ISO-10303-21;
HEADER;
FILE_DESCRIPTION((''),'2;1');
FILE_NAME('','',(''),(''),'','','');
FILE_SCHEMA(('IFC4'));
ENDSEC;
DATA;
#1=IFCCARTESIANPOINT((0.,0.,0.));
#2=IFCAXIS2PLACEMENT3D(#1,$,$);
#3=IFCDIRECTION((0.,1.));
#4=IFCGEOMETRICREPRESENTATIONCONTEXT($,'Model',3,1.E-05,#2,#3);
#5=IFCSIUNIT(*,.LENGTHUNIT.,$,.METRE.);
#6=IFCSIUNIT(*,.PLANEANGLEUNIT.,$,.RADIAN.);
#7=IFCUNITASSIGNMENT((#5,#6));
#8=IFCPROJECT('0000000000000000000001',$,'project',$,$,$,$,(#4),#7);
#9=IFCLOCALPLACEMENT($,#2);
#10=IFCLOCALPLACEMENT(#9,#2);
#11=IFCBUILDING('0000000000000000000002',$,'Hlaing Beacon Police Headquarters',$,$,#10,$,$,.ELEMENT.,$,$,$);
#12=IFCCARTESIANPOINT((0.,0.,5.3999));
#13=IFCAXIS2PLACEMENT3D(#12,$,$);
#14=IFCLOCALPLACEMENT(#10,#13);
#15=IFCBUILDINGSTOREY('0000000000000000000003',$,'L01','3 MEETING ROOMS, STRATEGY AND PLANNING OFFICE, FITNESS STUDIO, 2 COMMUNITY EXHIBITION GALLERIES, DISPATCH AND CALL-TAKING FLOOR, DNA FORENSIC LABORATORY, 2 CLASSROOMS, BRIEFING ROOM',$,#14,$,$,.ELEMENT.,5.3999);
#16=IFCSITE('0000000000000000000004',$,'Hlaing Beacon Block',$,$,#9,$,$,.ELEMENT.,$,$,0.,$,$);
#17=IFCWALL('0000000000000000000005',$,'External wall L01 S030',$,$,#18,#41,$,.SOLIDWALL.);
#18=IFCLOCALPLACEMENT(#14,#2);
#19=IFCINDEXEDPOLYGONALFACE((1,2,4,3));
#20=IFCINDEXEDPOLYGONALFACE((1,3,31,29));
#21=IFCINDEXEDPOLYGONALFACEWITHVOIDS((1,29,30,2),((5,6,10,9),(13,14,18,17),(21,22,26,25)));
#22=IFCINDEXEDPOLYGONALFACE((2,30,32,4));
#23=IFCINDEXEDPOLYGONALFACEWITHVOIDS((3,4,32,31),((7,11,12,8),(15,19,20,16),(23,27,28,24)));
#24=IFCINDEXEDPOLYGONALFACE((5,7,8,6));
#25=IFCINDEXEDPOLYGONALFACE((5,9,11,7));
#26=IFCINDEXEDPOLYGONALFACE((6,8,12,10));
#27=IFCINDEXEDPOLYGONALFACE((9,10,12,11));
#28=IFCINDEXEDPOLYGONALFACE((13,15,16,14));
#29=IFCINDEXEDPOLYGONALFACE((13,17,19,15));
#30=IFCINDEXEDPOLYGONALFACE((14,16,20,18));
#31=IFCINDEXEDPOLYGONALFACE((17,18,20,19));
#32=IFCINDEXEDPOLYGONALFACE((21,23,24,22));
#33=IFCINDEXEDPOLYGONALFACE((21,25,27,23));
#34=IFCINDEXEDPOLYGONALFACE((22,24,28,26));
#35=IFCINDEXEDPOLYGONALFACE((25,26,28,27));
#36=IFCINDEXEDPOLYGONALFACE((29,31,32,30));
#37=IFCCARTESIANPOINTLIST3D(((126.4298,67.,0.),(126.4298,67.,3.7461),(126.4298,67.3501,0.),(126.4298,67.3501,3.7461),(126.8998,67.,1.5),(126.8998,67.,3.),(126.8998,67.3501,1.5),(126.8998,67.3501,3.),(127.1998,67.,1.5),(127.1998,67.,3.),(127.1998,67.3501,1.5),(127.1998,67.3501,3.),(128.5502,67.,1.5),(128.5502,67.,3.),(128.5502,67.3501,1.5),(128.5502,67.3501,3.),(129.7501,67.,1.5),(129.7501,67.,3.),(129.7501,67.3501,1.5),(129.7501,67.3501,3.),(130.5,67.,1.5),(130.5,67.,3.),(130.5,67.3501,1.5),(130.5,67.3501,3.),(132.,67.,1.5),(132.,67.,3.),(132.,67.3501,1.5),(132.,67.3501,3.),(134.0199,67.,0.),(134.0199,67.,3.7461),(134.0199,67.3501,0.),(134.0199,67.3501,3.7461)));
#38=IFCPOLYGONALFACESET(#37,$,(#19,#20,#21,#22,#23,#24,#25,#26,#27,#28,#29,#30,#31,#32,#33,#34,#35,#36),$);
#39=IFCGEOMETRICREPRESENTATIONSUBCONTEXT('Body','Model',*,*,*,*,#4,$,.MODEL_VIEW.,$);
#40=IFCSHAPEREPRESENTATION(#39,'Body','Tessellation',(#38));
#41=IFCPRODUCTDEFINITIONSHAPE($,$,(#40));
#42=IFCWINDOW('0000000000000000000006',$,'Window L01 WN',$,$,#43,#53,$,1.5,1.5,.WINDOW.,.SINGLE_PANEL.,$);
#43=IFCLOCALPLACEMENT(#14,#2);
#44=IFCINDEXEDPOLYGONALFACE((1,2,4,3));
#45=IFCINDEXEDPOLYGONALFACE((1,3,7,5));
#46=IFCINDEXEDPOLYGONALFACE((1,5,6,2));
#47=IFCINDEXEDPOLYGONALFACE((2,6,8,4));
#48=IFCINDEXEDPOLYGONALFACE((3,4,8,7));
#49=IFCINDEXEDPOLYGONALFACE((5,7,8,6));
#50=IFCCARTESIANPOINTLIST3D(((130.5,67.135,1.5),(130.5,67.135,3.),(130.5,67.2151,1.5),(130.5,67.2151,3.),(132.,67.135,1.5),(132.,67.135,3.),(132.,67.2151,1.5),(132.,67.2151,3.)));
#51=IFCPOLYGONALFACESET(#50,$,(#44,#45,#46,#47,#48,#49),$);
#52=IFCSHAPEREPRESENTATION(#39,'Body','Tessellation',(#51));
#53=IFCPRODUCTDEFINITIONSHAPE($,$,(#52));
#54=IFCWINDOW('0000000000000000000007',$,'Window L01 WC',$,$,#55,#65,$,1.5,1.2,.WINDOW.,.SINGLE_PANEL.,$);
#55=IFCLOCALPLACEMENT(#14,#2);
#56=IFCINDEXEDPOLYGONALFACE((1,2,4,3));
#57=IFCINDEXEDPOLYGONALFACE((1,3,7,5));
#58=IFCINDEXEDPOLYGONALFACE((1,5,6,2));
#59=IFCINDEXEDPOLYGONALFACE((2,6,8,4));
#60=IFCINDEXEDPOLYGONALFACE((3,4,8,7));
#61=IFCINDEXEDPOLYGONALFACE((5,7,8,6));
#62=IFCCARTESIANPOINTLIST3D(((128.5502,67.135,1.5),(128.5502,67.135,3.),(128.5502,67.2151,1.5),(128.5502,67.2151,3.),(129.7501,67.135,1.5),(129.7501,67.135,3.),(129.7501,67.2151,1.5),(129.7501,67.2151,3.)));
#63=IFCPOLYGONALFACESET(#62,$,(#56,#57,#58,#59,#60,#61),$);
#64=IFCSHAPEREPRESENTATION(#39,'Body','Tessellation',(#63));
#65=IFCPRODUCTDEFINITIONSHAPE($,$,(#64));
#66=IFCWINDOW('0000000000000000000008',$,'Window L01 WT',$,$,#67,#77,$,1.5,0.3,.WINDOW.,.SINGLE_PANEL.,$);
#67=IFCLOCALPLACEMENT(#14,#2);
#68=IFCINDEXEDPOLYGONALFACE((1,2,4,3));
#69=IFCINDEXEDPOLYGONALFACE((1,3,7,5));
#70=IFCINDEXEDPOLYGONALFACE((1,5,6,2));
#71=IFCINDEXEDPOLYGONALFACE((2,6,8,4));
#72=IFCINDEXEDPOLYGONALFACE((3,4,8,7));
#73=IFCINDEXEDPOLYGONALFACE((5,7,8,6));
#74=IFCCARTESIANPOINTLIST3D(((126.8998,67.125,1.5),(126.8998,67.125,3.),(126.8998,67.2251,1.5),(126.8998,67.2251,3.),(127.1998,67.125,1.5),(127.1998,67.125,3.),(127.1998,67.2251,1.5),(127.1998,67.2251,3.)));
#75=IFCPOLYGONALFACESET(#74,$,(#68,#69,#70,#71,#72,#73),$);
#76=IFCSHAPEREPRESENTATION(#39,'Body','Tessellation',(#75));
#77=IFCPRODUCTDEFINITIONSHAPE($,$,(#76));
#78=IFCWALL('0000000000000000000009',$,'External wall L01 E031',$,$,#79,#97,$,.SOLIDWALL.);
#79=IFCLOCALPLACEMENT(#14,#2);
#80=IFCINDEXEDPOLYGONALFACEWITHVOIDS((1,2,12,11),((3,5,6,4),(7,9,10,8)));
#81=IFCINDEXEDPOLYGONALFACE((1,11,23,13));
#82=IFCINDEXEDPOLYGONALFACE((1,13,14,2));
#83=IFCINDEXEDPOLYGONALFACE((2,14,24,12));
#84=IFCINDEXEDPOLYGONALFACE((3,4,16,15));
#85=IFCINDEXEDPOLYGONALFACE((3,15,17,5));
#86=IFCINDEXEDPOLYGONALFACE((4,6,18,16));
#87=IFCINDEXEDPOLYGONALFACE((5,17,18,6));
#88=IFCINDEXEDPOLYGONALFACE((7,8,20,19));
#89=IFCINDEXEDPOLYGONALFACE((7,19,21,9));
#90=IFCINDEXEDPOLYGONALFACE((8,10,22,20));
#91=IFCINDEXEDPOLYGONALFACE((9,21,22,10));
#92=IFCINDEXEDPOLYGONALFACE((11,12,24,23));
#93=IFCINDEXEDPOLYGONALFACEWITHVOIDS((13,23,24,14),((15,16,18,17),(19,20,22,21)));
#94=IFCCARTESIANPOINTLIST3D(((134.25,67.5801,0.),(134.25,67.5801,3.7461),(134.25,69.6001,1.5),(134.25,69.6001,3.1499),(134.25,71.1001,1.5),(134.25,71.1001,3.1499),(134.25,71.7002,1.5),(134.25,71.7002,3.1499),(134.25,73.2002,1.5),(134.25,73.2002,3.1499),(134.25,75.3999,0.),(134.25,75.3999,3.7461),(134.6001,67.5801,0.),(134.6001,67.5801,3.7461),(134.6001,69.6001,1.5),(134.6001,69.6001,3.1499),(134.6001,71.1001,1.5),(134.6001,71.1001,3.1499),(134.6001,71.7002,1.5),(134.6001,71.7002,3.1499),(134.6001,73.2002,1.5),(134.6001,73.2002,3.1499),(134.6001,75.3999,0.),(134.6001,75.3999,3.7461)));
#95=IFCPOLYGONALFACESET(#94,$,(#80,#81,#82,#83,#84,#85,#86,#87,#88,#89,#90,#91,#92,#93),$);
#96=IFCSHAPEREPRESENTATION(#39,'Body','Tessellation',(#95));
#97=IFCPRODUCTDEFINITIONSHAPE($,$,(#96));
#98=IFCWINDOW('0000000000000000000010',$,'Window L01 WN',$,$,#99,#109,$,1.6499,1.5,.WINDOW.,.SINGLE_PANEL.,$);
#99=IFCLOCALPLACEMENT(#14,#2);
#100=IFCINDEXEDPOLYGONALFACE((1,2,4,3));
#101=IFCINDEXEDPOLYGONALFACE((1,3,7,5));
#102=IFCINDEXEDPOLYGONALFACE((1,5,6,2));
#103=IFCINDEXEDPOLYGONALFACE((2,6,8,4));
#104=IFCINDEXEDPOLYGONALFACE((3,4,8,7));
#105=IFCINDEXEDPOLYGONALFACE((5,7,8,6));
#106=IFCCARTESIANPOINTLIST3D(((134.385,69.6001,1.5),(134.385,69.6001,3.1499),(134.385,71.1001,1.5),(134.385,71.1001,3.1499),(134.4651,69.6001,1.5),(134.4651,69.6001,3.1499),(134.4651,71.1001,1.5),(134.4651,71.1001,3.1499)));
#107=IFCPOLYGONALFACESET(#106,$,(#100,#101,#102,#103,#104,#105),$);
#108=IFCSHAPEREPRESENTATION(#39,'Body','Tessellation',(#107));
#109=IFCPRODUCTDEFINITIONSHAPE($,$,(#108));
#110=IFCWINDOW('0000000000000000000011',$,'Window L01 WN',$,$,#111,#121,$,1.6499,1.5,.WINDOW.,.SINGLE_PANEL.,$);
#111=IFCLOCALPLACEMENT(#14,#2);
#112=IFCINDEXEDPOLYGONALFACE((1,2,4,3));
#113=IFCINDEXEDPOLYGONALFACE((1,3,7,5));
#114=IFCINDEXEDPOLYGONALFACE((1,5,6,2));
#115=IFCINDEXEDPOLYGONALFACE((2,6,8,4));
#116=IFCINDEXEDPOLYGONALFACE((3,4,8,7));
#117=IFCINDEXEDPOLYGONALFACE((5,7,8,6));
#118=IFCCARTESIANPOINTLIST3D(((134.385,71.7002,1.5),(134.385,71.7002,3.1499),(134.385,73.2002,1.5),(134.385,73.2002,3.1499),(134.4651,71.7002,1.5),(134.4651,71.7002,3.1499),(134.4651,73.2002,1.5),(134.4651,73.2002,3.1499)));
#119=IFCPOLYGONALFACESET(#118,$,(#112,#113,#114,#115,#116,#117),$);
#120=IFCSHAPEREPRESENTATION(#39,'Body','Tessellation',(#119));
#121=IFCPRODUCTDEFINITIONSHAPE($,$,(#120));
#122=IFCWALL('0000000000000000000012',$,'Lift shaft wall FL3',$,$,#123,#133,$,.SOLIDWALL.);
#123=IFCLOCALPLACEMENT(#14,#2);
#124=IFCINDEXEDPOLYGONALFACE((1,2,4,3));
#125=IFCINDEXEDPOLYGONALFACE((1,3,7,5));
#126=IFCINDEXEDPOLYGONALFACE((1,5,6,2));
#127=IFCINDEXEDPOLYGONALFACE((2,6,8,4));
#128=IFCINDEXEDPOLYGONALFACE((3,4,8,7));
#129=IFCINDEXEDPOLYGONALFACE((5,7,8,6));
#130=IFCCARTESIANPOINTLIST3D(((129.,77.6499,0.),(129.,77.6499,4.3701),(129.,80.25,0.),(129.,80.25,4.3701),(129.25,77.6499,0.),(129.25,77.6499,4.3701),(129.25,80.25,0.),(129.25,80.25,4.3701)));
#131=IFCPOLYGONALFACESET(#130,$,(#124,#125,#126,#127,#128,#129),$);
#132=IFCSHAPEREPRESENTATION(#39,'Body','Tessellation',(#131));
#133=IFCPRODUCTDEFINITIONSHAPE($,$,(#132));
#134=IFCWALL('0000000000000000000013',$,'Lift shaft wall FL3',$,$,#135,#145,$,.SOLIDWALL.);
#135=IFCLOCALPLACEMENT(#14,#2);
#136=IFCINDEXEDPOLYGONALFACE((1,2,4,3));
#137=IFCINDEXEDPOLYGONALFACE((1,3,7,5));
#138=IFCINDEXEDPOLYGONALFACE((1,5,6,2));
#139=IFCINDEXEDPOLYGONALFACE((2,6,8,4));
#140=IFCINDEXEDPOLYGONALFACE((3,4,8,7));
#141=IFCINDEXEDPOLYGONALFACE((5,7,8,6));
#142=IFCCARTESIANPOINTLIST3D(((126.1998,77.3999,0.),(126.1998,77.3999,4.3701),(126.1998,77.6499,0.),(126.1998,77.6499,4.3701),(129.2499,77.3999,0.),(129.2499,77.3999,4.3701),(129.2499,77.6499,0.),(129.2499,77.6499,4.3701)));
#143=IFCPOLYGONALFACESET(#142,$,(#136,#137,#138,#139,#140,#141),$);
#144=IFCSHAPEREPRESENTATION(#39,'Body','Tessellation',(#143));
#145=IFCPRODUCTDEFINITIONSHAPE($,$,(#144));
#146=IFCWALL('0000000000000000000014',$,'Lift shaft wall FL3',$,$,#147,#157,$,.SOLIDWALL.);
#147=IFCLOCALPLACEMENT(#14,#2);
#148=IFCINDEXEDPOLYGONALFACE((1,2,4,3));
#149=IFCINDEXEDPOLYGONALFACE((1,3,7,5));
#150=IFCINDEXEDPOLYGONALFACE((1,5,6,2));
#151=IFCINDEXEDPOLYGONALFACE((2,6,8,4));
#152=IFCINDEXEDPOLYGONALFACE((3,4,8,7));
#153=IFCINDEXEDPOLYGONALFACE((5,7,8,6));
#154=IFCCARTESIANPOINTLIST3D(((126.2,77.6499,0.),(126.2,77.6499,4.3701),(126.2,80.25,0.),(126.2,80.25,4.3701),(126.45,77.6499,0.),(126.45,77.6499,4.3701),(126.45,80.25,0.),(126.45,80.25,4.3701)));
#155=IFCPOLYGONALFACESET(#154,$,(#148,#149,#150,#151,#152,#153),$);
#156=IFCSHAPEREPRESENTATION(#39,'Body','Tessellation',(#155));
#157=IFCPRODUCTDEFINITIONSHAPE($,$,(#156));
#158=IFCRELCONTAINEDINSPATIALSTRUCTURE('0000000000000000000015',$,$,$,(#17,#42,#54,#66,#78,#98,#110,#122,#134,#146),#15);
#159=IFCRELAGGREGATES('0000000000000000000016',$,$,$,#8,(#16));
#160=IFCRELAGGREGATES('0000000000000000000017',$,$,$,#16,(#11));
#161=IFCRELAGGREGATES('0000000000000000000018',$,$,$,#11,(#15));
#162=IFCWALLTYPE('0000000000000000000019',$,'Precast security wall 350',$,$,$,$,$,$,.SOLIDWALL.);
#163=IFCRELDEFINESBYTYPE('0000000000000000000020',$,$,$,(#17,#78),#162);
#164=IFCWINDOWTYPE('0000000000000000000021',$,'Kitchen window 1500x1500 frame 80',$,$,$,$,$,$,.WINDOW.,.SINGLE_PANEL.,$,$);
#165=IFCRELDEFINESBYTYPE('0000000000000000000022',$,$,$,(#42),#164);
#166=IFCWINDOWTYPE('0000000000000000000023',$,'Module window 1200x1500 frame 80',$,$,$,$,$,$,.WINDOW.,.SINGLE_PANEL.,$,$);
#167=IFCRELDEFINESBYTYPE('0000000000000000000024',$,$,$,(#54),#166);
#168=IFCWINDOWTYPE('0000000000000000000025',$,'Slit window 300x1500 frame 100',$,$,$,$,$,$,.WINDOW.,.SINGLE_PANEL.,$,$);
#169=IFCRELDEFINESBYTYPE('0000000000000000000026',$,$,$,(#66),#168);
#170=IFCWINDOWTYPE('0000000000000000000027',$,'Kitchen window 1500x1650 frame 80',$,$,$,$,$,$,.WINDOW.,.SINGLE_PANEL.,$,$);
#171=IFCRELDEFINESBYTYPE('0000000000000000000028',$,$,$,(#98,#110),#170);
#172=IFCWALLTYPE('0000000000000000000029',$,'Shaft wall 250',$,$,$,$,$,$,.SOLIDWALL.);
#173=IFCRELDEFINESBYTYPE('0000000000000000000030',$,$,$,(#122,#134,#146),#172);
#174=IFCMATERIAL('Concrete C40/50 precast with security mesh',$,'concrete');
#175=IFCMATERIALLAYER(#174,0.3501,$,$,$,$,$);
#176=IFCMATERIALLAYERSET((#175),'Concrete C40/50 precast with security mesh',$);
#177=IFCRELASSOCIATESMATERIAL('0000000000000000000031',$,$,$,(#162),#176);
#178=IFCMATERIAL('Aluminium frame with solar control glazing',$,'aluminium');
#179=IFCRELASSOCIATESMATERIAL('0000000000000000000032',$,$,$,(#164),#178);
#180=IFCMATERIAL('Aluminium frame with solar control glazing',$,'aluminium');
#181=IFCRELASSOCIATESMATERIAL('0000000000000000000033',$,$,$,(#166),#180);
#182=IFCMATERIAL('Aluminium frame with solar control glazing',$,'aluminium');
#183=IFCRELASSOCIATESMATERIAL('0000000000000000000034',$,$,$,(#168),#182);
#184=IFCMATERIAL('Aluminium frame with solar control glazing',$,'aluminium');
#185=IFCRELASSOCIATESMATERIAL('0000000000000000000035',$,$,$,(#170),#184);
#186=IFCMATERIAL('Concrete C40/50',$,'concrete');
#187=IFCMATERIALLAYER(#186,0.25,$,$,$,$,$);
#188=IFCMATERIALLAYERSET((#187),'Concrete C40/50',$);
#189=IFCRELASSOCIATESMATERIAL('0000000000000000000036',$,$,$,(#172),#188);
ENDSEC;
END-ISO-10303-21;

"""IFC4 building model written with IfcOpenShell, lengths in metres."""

from ifc_helpers import new_model, si_unit, direction, frame, frame_2d, origin, place, context, subcontext, project, spatial, rectangle, extrude, material, layer, layer_set, type_object, element, fill, save


model = new_model("IFC4")

# Units and contexts
model_context = context("Model", 3, precision=1e-05, world=origin(), true_north=direction((0.0, 1.0)))
body_context = subcontext(model_context, "Body", "Model", "MODEL_VIEW")
ifc_project = project(units=[si_unit("LENGTHUNIT", "METRE"), si_unit("PLANEANGLEUNIT", "RADIAN")], contexts=[model_context])

# Site, building, storey
site_placement = place(None, origin())
site = spatial("IfcSite", under=ifc_project, at=site_placement, Name="Hlaing Beacon Block", CompositionType="ELEMENT", RefElevation=0.0)
building_placement = place(site_placement, origin())
building = spatial("IfcBuilding", under=site, at=building_placement, Name="Hlaing Beacon Police Headquarters", CompositionType="ELEMENT")
storey_placement = place(building_placement, frame((0.0, 0.0, 5.3999)))
storey = spatial("IfcBuildingStorey", under=building, at=storey_placement, Name="L01", Description="3 MEETING ROOMS, STRATEGY AND PLANNING OFFICE, FITNESS STUDIO, 2 COMMUNITY EXHIBITION GALLERIES, DISPATCH AND CALL-TAKING FLOOR, DNA FORENSIC LABORATORY, 2 CLASSROOMS, BRIEFING ROOM", CompositionType="ELEMENT", Elevation=5.3999)

# Walls, openings, windows
ifc_material_1 = material(Name="Concrete C40/50 precast with security mesh", Category="concrete")
ifc_layer_1 = layer(ifc_material_1, 0.3501)
ifc_layer_set_1 = layer_set([ifc_layer_1], Name="Concrete C40/50 precast with security mesh")
wall_type_1 = type_object("IfcWallType", Name="Precast security wall 350", PredefinedType="SOLIDWALL", material=ifc_layer_set_1)
wall_1_placement = place(storey_placement, frame((126.4299, 67.175, 0.0), z_axis=(0.0, 0.0, 1.0), x_axis=(1.0, 0.0, 0.0)))
wall_1 = element("IfcWall", 1, at=wall_1_placement, inside=storey, type_object=wall_type_1, Name="External wall L01 S030", PredefinedType="SOLIDWALL", context=body_context, shape_type="SweptSolid", body=[
    extrude(rectangle(XDim=7.5901, YDim=0.3501, at=frame_2d((3.7949, 0.0))), origin(), (0.0, 0.0, 1.0), 3.7461),
])
opening_1_placement = place(wall_1_placement, frame((0.47, 0.0, 1.5)))
opening_1 = element("IfcOpeningElement", 2, at=opening_1_placement, cuts=wall_1, PredefinedType="OPENING", context=body_context, shape_type="SweptSolid", body=[
    extrude(rectangle(XDim=0.3, YDim=1.5, at=frame_2d((0.1499, 0.75))), frame((0.0, 0.1851, 0.0), z_axis=(0.0, -1.0, 0.0), x_axis=(1.0, 0.0, 0.0)), (0.0, 0.0, 1.0), 0.3701),
])
opening_2_placement = place(wall_1_placement, frame((2.1201, 0.0, 1.5)))
opening_2 = element("IfcOpeningElement", 3, at=opening_2_placement, cuts=wall_1, PredefinedType="OPENING", context=body_context, shape_type="SweptSolid", body=[
    extrude(rectangle(XDim=1.2, YDim=1.5, at=frame_2d((0.6001, 0.75))), frame((0.0, 0.1851, 0.0), z_axis=(0.0, -1.0, 0.0), x_axis=(1.0, 0.0, 0.0)), (0.0, 0.0, 1.0), 0.3701),
])
opening_3_placement = place(wall_1_placement, frame((4.0701, 0.0, 1.5)))
opening_3 = element("IfcOpeningElement", 4, at=opening_3_placement, cuts=wall_1, PredefinedType="OPENING", context=body_context, shape_type="SweptSolid", body=[
    extrude(rectangle(XDim=1.5, YDim=1.5, at=frame_2d((0.75, 0.75))), frame((0.0, 0.1851, 0.0), z_axis=(0.0, -1.0, 0.0), x_axis=(1.0, 0.0, 0.0)), (0.0, 0.0, 1.0), 0.3701),
])
ifc_material_2 = material(Name="Aluminium frame with solar control glazing", Category="aluminium")
window_type_1 = type_object("IfcWindowType", Name="Kitchen window 1500x1500 frame 80", PartitioningType="SINGLE_PANEL", PredefinedType="WINDOW", material=ifc_material_2)
window_1_placement = place(opening_3_placement, origin())
window_1 = element("IfcWindow", 5, at=window_1_placement, inside=storey, type_object=window_type_1, Name="Window L01 WN", OverallHeight=1.5, OverallWidth=1.5, PartitioningType="SINGLE_PANEL", PredefinedType="WINDOW", context=body_context, shape_type="SweptSolid", body=[
    extrude(rectangle(XDim=1.5, YDim=1.5, at=frame_2d((0.75, 0.75))), frame((0.0, 0.04, 0.0), z_axis=(0.0, -1.0, 0.0), x_axis=(1.0, 0.0, 0.0)), (0.0, 0.0, 1.0), 0.0801),
])
fill(opening_3, window_1)
ifc_material_3 = material(Name="Aluminium frame with solar control glazing", Category="aluminium")
window_type_2 = type_object("IfcWindowType", Name="Module window 1200x1500 frame 80", PartitioningType="SINGLE_PANEL", PredefinedType="WINDOW", material=ifc_material_3)
window_2_placement = place(opening_2_placement, origin())
window_2 = element("IfcWindow", 6, at=window_2_placement, inside=storey, type_object=window_type_2, Name="Window L01 WC", OverallHeight=1.5, OverallWidth=1.2, PartitioningType="SINGLE_PANEL", PredefinedType="WINDOW", context=body_context, shape_type="SweptSolid", body=[
    extrude(rectangle(XDim=1.2, YDim=1.5, at=frame_2d((0.6001, 0.75))), frame((0.0, 0.04, 0.0), z_axis=(0.0, -1.0, 0.0), x_axis=(1.0, 0.0, 0.0)), (0.0, 0.0, 1.0), 0.0801),
])
fill(opening_2, window_2)
ifc_material_4 = material(Name="Aluminium frame with solar control glazing", Category="aluminium")
window_type_3 = type_object("IfcWindowType", Name="Slit window 300x1500 frame 100", PartitioningType="SINGLE_PANEL", PredefinedType="WINDOW", material=ifc_material_4)
window_3_placement = place(opening_1_placement, origin())
window_3 = element("IfcWindow", 7, at=window_3_placement, inside=storey, type_object=window_type_3, Name="Window L01 WT", OverallHeight=1.5, OverallWidth=0.3, PartitioningType="SINGLE_PANEL", PredefinedType="WINDOW", context=body_context, shape_type="SweptSolid", body=[
    extrude(rectangle(XDim=0.3, YDim=1.5, at=frame_2d((0.1499, 0.75))), frame((0.0, 0.05, 0.0), z_axis=(0.0, -1.0, 0.0), x_axis=(1.0, 0.0, 0.0)), (0.0, 0.0, 1.0), 0.1001),
])
fill(opening_1, window_3)
wall_2_placement = place(storey_placement, frame((134.425, 67.5801, 0.0), z_axis=(0.0, 0.0, 1.0), x_axis=(0.0, 1.0, 0.0)))
wall_2 = element("IfcWall", 8, at=wall_2_placement, inside=storey, type_object=wall_type_1, Name="External wall L01 E031", PredefinedType="SOLIDWALL", context=body_context, shape_type="SweptSolid", body=[
    extrude(rectangle(XDim=7.8198, YDim=0.3501, at=frame_2d((3.9099, 0.0))), origin(), (0.0, 0.0, 1.0), 3.7461),
])
opening_4_placement = place(wall_2_placement, frame((2.02, 0.0, 1.5)))
opening_4 = element("IfcOpeningElement", 9, at=opening_4_placement, cuts=wall_2, PredefinedType="OPENING", context=body_context, shape_type="SweptSolid", body=[
    extrude(rectangle(XDim=1.5, YDim=1.6499, at=frame_2d((0.75, 0.825))), frame((0.0, 0.1851, 0.0), z_axis=(0.0, -1.0, 0.0), x_axis=(1.0, 0.0, 0.0)), (0.0, 0.0, 1.0), 0.3701),
])
opening_5_placement = place(wall_2_placement, frame((4.1201, 0.0, 1.5)))
opening_5 = element("IfcOpeningElement", 10, at=opening_5_placement, cuts=wall_2, PredefinedType="OPENING", context=body_context, shape_type="SweptSolid", body=[
    extrude(rectangle(XDim=1.5, YDim=1.6499, at=frame_2d((0.75, 0.825))), frame((0.0, 0.1851, 0.0), z_axis=(0.0, -1.0, 0.0), x_axis=(1.0, 0.0, 0.0)), (0.0, 0.0, 1.0), 0.3701),
])
ifc_material_5 = material(Name="Aluminium frame with solar control glazing", Category="aluminium")
window_type_4 = type_object("IfcWindowType", Name="Kitchen window 1500x1650 frame 80", PartitioningType="SINGLE_PANEL", PredefinedType="WINDOW", material=ifc_material_5)
window_4_placement = place(opening_4_placement, origin())
window_4 = element("IfcWindow", 11, at=window_4_placement, inside=storey, type_object=window_type_4, Name="Window L01 WN", OverallHeight=1.6499, OverallWidth=1.5, PartitioningType="SINGLE_PANEL", PredefinedType="WINDOW", context=body_context, shape_type="SweptSolid", body=[
    extrude(rectangle(XDim=1.5, YDim=1.6499, at=frame_2d((0.75, 0.825))), frame((0.0, 0.04, 0.0), z_axis=(0.0, -1.0, 0.0), x_axis=(1.0, 0.0, 0.0)), (0.0, 0.0, 1.0), 0.0801),
])
fill(opening_4, window_4)
window_5_placement = place(opening_5_placement, origin())
window_5 = element("IfcWindow", 12, at=window_5_placement, inside=storey, type_object=window_type_4, Name="Window L01 WN", OverallHeight=1.6499, OverallWidth=1.5, PartitioningType="SINGLE_PANEL", PredefinedType="WINDOW", context=body_context, shape_type="SweptSolid", body=[
    extrude(rectangle(XDim=1.5, YDim=1.6499, at=frame_2d((0.75, 0.825))), frame((0.0, 0.04, 0.0), z_axis=(0.0, -1.0, 0.0), x_axis=(1.0, 0.0, 0.0)), (0.0, 0.0, 1.0), 0.0801),
])
fill(opening_5, window_5)

# Walls
ifc_material_6 = material(Name="Concrete C40/50", Category="concrete")
ifc_layer_2 = layer(ifc_material_6, 0.25)
ifc_layer_set_2 = layer_set([ifc_layer_2], Name="Concrete C40/50")
wall_type_2 = type_object("IfcWallType", Name="Shaft wall 250", PredefinedType="SOLIDWALL", material=ifc_layer_set_2)
wall_3_placement = place(storey_placement, frame((129.125, 77.6499, 0.0), z_axis=(0.0, 0.0, 1.0), x_axis=(0.0, 1.0, 0.0)))
element("IfcWall", 13, at=wall_3_placement, inside=storey, type_object=wall_type_2, Name="Lift shaft wall FL3", PredefinedType="SOLIDWALL", context=body_context, shape_type="SweptSolid", body=[
    extrude(rectangle(XDim=2.6001, YDim=0.25, at=frame_2d((1.3, 0.0))), origin(), (0.0, 0.0, 1.0), 4.3701),
])
wall_4_placement = place(storey_placement, frame((126.2, 77.5249, 0.0), z_axis=(0.0, 0.0, 1.0), x_axis=(1.0, 0.0, 0.0)))
element("IfcWall", 14, at=wall_4_placement, inside=storey, type_object=wall_type_2, Name="Lift shaft wall FL3", PredefinedType="SOLIDWALL", context=body_context, shape_type="SweptSolid", body=[
    extrude(rectangle(XDim=3.05, YDim=0.25, at=frame_2d((1.5249, 0.0))), origin(), (0.0, 0.0, 1.0), 4.3701),
])
wall_5_placement = place(storey_placement, frame((126.325, 77.6499, 0.0), z_axis=(0.0, 0.0, 1.0), x_axis=(0.0, 1.0, 0.0)))
element("IfcWall", 15, at=wall_5_placement, inside=storey, type_object=wall_type_2, Name="Lift shaft wall FL3", PredefinedType="SOLIDWALL", context=body_context, shape_type="SweptSolid", body=[
    extrude(rectangle(XDim=2.6001, YDim=0.25, at=frame_2d((1.3, 0.0))), origin(), (0.0, 0.0, 1.0), 4.3701),
])

save(model, "model.ifc")
